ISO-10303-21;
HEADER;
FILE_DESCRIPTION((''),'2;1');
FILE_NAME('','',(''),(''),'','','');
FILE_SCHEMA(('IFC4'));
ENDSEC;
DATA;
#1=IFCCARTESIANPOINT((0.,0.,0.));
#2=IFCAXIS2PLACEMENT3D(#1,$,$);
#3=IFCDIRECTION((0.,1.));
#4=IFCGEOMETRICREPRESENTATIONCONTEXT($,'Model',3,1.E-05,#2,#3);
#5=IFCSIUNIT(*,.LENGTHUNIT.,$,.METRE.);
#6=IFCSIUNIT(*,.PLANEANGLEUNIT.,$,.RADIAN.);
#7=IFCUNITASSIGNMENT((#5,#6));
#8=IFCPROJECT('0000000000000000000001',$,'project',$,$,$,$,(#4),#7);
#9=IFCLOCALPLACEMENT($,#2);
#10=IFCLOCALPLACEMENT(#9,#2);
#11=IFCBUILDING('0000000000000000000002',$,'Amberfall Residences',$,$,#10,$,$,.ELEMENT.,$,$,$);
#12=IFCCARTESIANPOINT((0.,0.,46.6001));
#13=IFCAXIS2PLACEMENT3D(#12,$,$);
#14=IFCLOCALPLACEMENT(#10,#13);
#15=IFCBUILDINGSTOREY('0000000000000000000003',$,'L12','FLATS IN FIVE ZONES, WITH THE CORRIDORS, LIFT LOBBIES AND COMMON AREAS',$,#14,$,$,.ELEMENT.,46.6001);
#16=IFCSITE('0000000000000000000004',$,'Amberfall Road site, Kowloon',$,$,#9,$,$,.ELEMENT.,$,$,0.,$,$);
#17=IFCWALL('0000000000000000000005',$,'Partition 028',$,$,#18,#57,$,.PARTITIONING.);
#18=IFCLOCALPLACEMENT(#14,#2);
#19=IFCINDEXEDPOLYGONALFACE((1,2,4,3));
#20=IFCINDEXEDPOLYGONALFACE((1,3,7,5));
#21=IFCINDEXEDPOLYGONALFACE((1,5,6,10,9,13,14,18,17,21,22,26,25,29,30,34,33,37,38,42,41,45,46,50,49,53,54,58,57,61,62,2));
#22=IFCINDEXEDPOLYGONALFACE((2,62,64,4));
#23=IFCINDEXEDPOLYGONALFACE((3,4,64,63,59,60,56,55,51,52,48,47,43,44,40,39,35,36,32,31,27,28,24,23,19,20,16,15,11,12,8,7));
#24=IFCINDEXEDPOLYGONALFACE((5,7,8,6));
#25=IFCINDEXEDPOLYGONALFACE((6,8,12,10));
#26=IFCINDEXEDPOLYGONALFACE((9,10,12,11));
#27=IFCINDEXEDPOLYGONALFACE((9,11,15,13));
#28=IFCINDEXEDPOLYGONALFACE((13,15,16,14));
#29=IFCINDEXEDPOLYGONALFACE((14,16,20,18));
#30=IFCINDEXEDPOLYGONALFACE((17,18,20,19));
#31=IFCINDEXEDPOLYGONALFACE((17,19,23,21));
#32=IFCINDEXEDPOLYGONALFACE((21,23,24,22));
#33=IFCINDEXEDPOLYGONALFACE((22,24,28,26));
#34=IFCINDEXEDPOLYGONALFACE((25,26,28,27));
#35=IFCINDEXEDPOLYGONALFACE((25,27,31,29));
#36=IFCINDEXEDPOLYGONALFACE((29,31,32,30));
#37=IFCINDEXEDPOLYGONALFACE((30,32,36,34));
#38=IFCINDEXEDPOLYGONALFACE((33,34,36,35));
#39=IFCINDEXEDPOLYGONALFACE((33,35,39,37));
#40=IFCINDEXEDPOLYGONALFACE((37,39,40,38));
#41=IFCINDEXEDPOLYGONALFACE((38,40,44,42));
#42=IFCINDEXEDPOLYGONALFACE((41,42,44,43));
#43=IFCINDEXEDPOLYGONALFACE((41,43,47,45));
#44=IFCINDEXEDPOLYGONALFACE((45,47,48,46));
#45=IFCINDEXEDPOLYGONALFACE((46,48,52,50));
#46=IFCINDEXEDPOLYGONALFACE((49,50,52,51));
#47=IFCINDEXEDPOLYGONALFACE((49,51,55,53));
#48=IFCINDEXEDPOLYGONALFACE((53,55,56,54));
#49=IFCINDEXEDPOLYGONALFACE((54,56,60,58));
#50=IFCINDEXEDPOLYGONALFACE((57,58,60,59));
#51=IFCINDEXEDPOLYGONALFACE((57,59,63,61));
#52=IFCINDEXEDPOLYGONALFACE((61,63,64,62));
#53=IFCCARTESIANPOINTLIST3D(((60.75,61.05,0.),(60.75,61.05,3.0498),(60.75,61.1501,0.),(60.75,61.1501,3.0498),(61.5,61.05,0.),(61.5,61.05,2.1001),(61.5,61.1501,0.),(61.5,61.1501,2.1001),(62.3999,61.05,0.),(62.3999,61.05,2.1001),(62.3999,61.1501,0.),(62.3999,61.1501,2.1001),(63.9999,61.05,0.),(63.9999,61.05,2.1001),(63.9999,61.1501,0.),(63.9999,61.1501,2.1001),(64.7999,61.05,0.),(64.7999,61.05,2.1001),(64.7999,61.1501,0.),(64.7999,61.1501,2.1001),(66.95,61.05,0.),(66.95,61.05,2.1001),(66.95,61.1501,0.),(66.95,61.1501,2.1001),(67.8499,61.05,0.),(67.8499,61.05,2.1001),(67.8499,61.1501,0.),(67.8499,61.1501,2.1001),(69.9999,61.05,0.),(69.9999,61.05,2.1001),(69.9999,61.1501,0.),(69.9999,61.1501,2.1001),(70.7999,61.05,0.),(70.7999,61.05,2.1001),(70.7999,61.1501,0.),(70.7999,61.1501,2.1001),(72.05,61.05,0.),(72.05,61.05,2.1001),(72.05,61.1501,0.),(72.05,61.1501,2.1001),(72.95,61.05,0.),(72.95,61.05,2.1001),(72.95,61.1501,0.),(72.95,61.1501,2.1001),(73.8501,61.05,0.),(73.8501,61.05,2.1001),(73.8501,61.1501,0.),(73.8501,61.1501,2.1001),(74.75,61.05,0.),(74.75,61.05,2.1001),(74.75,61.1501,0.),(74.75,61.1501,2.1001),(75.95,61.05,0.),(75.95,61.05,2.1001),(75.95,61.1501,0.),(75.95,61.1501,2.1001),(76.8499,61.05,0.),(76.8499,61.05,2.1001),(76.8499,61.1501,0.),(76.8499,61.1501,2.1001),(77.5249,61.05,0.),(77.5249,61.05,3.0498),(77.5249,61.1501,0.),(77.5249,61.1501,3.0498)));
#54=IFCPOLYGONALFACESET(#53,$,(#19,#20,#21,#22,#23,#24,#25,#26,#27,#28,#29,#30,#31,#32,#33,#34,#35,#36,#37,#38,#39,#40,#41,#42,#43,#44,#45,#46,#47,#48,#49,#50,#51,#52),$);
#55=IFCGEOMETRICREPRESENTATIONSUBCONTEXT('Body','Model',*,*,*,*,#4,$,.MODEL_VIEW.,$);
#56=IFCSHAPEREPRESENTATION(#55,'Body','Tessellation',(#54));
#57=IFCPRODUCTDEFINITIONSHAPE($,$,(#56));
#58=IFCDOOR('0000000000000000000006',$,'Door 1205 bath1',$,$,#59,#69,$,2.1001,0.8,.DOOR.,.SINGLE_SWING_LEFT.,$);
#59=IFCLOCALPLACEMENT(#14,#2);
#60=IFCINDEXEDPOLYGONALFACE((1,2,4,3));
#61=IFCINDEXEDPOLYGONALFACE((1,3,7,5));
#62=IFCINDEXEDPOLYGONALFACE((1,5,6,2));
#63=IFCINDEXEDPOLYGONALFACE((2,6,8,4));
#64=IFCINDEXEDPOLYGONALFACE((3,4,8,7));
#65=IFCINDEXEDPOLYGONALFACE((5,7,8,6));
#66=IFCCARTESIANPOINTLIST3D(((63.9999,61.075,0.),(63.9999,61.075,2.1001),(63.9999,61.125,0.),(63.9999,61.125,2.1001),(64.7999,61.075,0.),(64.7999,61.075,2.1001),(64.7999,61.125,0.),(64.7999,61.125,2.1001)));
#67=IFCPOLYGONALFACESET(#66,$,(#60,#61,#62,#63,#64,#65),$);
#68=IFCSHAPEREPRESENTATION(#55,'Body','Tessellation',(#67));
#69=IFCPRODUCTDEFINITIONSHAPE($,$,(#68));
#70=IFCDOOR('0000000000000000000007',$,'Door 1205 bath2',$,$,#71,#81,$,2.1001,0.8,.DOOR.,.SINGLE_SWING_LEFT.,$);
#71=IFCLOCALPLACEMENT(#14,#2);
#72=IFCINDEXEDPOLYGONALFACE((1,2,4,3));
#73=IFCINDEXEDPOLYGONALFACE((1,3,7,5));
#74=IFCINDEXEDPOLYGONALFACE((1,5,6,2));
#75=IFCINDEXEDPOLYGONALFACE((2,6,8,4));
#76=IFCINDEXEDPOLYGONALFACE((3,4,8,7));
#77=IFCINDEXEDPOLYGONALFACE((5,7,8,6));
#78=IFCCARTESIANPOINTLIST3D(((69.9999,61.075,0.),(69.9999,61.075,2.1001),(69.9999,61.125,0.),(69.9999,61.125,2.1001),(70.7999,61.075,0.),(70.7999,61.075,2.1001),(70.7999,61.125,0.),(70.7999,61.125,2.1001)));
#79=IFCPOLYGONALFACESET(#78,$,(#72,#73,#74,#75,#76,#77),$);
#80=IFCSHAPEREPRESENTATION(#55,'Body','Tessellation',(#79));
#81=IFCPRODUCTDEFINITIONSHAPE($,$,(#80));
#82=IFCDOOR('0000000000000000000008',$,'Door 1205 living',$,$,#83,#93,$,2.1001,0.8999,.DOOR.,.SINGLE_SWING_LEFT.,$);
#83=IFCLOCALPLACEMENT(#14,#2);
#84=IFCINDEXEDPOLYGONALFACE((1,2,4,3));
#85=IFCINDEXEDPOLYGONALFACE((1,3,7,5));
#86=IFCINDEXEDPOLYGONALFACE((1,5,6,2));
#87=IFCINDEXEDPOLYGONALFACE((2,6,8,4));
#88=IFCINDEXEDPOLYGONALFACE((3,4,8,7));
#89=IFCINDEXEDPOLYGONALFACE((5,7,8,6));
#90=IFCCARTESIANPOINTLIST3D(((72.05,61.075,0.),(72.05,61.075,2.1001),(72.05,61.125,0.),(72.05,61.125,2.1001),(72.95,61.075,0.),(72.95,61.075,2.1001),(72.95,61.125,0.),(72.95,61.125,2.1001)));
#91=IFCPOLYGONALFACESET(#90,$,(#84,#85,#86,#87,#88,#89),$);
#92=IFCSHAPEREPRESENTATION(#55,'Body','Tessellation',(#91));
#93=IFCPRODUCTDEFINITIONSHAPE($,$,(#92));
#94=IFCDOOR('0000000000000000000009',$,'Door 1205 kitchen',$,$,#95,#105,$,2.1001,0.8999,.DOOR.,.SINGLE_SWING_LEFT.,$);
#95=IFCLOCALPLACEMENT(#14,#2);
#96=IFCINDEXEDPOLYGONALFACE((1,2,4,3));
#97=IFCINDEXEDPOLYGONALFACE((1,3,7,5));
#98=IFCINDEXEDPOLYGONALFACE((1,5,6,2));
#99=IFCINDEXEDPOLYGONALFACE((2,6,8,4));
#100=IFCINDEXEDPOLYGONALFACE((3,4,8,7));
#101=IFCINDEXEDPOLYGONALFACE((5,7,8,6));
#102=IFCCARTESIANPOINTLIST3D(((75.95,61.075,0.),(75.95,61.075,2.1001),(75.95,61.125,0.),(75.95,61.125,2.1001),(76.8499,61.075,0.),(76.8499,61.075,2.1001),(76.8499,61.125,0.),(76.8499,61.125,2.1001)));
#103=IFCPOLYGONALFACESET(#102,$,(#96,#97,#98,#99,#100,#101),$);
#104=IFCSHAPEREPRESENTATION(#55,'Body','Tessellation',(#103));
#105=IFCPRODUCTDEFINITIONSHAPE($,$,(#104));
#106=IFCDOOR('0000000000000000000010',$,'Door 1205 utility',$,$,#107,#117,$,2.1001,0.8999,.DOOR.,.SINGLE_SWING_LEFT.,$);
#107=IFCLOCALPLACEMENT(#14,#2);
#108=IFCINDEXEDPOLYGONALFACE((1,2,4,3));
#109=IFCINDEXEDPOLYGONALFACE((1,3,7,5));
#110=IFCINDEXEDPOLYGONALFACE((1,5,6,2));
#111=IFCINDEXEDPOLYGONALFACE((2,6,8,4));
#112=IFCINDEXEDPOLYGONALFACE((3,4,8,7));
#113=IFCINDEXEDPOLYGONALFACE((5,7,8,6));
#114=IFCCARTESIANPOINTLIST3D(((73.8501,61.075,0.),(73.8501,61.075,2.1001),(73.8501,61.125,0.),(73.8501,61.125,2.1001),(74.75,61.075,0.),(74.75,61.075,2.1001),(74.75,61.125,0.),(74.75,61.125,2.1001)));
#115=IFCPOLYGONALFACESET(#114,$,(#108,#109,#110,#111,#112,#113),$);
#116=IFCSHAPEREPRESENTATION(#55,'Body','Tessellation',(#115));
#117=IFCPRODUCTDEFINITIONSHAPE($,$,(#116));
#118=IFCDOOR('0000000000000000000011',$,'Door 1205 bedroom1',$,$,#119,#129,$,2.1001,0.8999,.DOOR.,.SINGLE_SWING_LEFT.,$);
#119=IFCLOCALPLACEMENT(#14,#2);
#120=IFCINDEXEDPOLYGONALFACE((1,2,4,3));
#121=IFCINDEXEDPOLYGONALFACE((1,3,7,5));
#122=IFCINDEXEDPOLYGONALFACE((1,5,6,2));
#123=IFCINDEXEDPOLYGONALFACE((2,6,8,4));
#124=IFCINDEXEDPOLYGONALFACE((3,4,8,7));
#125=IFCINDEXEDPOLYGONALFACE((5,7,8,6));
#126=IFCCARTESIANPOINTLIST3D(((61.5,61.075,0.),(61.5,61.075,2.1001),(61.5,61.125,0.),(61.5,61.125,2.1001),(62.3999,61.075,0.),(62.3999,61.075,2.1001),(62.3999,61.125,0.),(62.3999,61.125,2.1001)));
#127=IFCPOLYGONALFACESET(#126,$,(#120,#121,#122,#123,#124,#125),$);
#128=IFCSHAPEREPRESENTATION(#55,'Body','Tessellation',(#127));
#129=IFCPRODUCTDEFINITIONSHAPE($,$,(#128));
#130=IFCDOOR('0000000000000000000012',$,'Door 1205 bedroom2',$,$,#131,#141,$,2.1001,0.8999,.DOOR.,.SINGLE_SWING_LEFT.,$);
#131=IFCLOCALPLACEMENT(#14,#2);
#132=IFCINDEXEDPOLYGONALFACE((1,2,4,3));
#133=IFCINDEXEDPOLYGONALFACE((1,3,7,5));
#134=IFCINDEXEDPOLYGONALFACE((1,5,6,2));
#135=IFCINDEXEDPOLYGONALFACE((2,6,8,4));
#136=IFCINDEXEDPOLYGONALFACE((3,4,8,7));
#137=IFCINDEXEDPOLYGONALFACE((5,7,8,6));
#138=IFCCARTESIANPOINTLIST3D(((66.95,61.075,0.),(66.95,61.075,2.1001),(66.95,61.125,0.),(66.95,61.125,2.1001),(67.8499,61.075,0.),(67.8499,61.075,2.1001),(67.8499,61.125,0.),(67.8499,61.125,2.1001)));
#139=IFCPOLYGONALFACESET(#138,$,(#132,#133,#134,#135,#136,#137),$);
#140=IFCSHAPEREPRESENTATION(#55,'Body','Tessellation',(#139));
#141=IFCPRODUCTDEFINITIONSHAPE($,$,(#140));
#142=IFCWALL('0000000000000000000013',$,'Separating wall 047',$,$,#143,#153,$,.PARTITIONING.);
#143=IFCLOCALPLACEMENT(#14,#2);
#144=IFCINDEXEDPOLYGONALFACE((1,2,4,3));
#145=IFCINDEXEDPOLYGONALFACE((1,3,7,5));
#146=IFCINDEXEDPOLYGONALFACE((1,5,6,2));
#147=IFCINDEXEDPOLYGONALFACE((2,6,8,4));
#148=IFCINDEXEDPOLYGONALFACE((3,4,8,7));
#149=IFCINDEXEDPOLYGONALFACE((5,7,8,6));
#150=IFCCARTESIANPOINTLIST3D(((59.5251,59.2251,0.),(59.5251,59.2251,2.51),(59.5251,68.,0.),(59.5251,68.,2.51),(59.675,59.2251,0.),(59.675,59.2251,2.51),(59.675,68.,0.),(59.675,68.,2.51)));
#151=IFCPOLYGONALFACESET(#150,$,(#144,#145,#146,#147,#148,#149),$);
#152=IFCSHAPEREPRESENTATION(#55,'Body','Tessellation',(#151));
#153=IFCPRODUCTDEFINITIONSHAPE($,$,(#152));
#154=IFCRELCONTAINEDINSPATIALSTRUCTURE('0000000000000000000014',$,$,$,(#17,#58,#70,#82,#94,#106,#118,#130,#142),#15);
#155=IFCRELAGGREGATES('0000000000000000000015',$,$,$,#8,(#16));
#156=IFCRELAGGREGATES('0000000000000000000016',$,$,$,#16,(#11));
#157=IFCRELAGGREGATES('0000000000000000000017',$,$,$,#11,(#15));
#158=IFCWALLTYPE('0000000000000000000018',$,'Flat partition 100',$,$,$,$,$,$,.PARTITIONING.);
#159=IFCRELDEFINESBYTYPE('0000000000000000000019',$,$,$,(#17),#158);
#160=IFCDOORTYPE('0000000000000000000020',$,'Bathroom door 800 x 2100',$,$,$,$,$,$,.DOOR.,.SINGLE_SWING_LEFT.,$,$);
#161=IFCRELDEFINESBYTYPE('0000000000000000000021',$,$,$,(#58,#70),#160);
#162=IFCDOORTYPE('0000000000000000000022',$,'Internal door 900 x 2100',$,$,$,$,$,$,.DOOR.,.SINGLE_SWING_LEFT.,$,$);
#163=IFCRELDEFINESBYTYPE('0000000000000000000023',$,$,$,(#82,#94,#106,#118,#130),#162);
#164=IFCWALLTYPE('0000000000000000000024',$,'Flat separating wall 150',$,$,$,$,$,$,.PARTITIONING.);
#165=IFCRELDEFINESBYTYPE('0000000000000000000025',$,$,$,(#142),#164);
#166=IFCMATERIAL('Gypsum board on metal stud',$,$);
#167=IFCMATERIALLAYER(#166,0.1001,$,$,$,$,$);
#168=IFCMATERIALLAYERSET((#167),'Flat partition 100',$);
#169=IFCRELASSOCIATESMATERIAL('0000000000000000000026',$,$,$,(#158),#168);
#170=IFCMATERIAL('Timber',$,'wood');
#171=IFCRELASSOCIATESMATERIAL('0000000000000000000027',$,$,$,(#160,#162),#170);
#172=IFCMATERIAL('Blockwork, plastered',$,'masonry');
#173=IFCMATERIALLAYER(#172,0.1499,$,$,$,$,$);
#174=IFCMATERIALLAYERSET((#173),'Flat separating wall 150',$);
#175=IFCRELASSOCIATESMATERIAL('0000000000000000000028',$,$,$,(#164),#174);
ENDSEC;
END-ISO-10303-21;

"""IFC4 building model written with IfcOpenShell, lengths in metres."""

from ifc_helpers import new_model, si_unit, direction, frame, frame_2d, origin, place, context, subcontext, project, spatial, rectangle, extrude, material, layer, layer_set, type_object, element, fill, save


model = new_model("IFC4")

# Units and contexts
model_context = context("Model", 3, precision=1e-05, world=origin(), true_north=direction((0.0, 1.0)))
body_context = subcontext(model_context, "Body", "Model", "MODEL_VIEW")
ifc_project = project(units=[si_unit("LENGTHUNIT", "METRE"), si_unit("PLANEANGLEUNIT", "RADIAN")], contexts=[model_context])

# Site, building, storey
site_placement = place(None, origin())
site = spatial("IfcSite", under=ifc_project, at=site_placement, Name="Amberfall Road site, Kowloon", CompositionType="ELEMENT", RefElevation=0.0)
building_placement = place(site_placement, origin())
building = spatial("IfcBuilding", under=site, at=building_placement, Name="Amberfall Residences", CompositionType="ELEMENT")
storey_placement = place(building_placement, frame((0.0, 0.0, 46.6001)))
storey = spatial("IfcBuildingStorey", under=building, at=storey_placement, Name="L12", Description="FLATS IN FIVE ZONES, WITH THE CORRIDORS, LIFT LOBBIES AND COMMON AREAS", CompositionType="ELEMENT", Elevation=46.6001)

# Shared definitions
ifc_material_1 = material(Name="Gypsum board on metal stud")
ifc_layer_1 = layer(ifc_material_1, 0.1001)
ifc_layer_set_1 = layer_set([ifc_layer_1], Name="Flat partition 100")
wall_type_1 = type_object("IfcWallType", Name="Flat partition 100", PredefinedType="PARTITIONING", material=ifc_layer_set_1)

# Wall, openings, doors
wall_1_placement = place(storey_placement, frame((60.75, 61.1001, 0.0), z_axis=(0.0, 0.0, 1.0), x_axis=(1.0, 0.0, 0.0)))
wall_1 = element("IfcWall", 1, at=wall_1_placement, inside=storey, type_object=wall_type_1, Name="Partition 028", PredefinedType="PARTITIONING", context=body_context, shape_type="SweptSolid", body=[
    extrude(rectangle(XDim=16.7749, YDim=0.1001, at=frame_2d((8.3875, 0.0))), origin(), (0.0, 0.0, 1.0), 3.0498),
])
opening_1_placement = place(wall_1_placement, frame((11.3, 0.0, 0.0)))
opening_1 = element("IfcOpeningElement", 2, at=opening_1_placement, cuts=wall_1, PredefinedType="OPENING", context=body_context, shape_type="SweptSolid", body=[
    extrude(rectangle(XDim=0.8999, YDim=2.1001, at=frame_2d((0.45, 1.05))), frame((0.0, 0.0601, 0.0), z_axis=(0.0, -1.0, 0.0), x_axis=(1.0, 0.0, 0.0)), (0.0, 0.0, 1.0), 0.1201),
])
opening_2_placement = place(wall_1_placement, frame((15.2, 0.0, 0.0)))
opening_2 = element("IfcOpeningElement", 3, at=opening_2_placement, cuts=wall_1, PredefinedType="OPENING", context=body_context, shape_type="SweptSolid", body=[
    extrude(rectangle(XDim=0.8999, YDim=2.1001, at=frame_2d((0.45, 1.05))), frame((0.0, 0.0601, 0.0), z_axis=(0.0, -1.0, 0.0), x_axis=(1.0, 0.0, 0.0)), (0.0, 0.0, 1.0), 0.1201),
])
opening_3_placement = place(wall_1_placement, frame((13.1001, 0.0, 0.0)))
opening_3 = element("IfcOpeningElement", 4, at=opening_3_placement, cuts=wall_1, PredefinedType="OPENING", context=body_context, shape_type="SweptSolid", body=[
    extrude(rectangle(XDim=0.8999, YDim=2.1001, at=frame_2d((0.45, 1.05))), frame((0.0, 0.0601, 0.0), z_axis=(0.0, -1.0, 0.0), x_axis=(1.0, 0.0, 0.0)), (0.0, 0.0, 1.0), 0.1201),
])
opening_4_placement = place(wall_1_placement, frame((0.75, 0.0, 0.0)))
opening_4 = element("IfcOpeningElement", 5, at=opening_4_placement, cuts=wall_1, PredefinedType="OPENING", context=body_context, shape_type="SweptSolid", body=[
    extrude(rectangle(XDim=0.8999, YDim=2.1001, at=frame_2d((0.45, 1.05))), frame((0.0, 0.0601, 0.0), z_axis=(0.0, -1.0, 0.0), x_axis=(1.0, 0.0, 0.0)), (0.0, 0.0, 1.0), 0.1201),
])
opening_5_placement = place(wall_1_placement, frame((6.2, 0.0, 0.0)))
opening_5 = element("IfcOpeningElement", 6, at=opening_5_placement, cuts=wall_1, PredefinedType="OPENING", context=body_context, shape_type="SweptSolid", body=[
    extrude(rectangle(XDim=0.8999, YDim=2.1001, at=frame_2d((0.45, 1.05))), frame((0.0, 0.0601, 0.0), z_axis=(0.0, -1.0, 0.0), x_axis=(1.0, 0.0, 0.0)), (0.0, 0.0, 1.0), 0.1201),
])
opening_6_placement = place(wall_1_placement, frame((3.25, 0.0, 0.0)))
opening_6 = element("IfcOpeningElement", 7, at=opening_6_placement, cuts=wall_1, PredefinedType="OPENING", context=body_context, shape_type="SweptSolid", body=[
    extrude(rectangle(XDim=0.8, YDim=2.1001, at=frame_2d((0.3999, 1.05))), frame((0.0, 0.0601, 0.0), z_axis=(0.0, -1.0, 0.0), x_axis=(1.0, 0.0, 0.0)), (0.0, 0.0, 1.0), 0.1201),
])
opening_7_placement = place(wall_1_placement, frame((9.25, 0.0, 0.0)))
opening_7 = element("IfcOpeningElement", 8, at=opening_7_placement, cuts=wall_1, PredefinedType="OPENING", context=body_context, shape_type="SweptSolid", body=[
    extrude(rectangle(XDim=0.8, YDim=2.1001, at=frame_2d((0.3999, 1.05))), frame((0.0, 0.0601, 0.0), z_axis=(0.0, -1.0, 0.0), x_axis=(1.0, 0.0, 0.0)), (0.0, 0.0, 1.0), 0.1201),
])
ifc_material_2 = material(Name="Timber", Category="wood")
door_type_1 = type_object("IfcDoorType", Name="Bathroom door 800 x 2100", OperationType="SINGLE_SWING_LEFT", PredefinedType="DOOR", material=ifc_material_2)
door_1_placement = place(opening_6_placement, origin())
door_1 = element("IfcDoor", 9, at=door_1_placement, inside=storey, type_object=door_type_1, Name="Door 1205 bath1", OperationType="SINGLE_SWING_LEFT", OverallHeight=2.1001, OverallWidth=0.8, PredefinedType="DOOR", context=body_context, shape_type="SweptSolid", body=[
    extrude(rectangle(XDim=0.8, YDim=2.1001, at=frame_2d((0.3999, 1.05))), frame((0.0, 0.0249, 0.0), z_axis=(0.0, -1.0, 0.0), x_axis=(1.0, 0.0, 0.0)), (0.0, 0.0, 1.0), 0.05),
])
fill(opening_6, door_1)
door_2_placement = place(opening_7_placement, origin())
door_2 = element("IfcDoor", 10, at=door_2_placement, inside=storey, type_object=door_type_1, Name="Door 1205 bath2", OperationType="SINGLE_SWING_LEFT", OverallHeight=2.1001, OverallWidth=0.8, PredefinedType="DOOR", context=body_context, shape_type="SweptSolid", body=[
    extrude(rectangle(XDim=0.8, YDim=2.1001, at=frame_2d((0.3999, 1.05))), frame((0.0, 0.0249, 0.0), z_axis=(0.0, -1.0, 0.0), x_axis=(1.0, 0.0, 0.0)), (0.0, 0.0, 1.0), 0.05),
])
fill(opening_7, door_2)
door_type_2 = type_object("IfcDoorType", Name="Internal door 900 x 2100", OperationType="SINGLE_SWING_LEFT", PredefinedType="DOOR", material=ifc_material_2)
door_3_placement = place(opening_1_placement, origin())
door_3 = element("IfcDoor", 11, at=door_3_placement, inside=storey, type_object=door_type_2, Name="Door 1205 living", OperationType="SINGLE_SWING_LEFT", OverallHeight=2.1001, OverallWidth=0.8999, PredefinedType="DOOR", context=body_context, shape_type="SweptSolid", body=[
    extrude(rectangle(XDim=0.8999, YDim=2.1001, at=frame_2d((0.45, 1.05))), frame((0.0, 0.0249, 0.0), z_axis=(0.0, -1.0, 0.0), x_axis=(1.0, 0.0, 0.0)), (0.0, 0.0, 1.0), 0.05),
])
fill(opening_1, door_3)
door_4_placement = place(opening_2_placement, origin())
door_4 = element("IfcDoor", 12, at=door_4_placement, inside=storey, type_object=door_type_2, Name="Door 1205 kitchen", OperationType="SINGLE_SWING_LEFT", OverallHeight=2.1001, OverallWidth=0.8999, PredefinedType="DOOR", context=body_context, shape_type="SweptSolid", body=[
    extrude(rectangle(XDim=0.8999, YDim=2.1001, at=frame_2d((0.45, 1.05))), frame((0.0, 0.0249, 0.0), z_axis=(0.0, -1.0, 0.0), x_axis=(1.0, 0.0, 0.0)), (0.0, 0.0, 1.0), 0.05),
])
fill(opening_2, door_4)
door_5_placement = place(opening_3_placement, origin())
door_5 = element("IfcDoor", 13, at=door_5_placement, inside=storey, type_object=door_type_2, Name="Door 1205 utility", OperationType="SINGLE_SWING_LEFT", OverallHeight=2.1001, OverallWidth=0.8999, PredefinedType="DOOR", context=body_context, shape_type="SweptSolid", body=[
    extrude(rectangle(XDim=0.8999, YDim=2.1001, at=frame_2d((0.45, 1.05))), frame((0.0, 0.0249, 0.0), z_axis=(0.0, -1.0, 0.0), x_axis=(1.0, 0.0, 0.0)), (0.0, 0.0, 1.0), 0.05),
])
fill(opening_3, door_5)
door_6_placement = place(opening_4_placement, origin())
door_6 = element("IfcDoor", 14, at=door_6_placement, inside=storey, type_object=door_type_2, Name="Door 1205 bedroom1", OperationType="SINGLE_SWING_LEFT", OverallHeight=2.1001, OverallWidth=0.8999, PredefinedType="DOOR", context=body_context, shape_type="SweptSolid", body=[
    extrude(rectangle(XDim=0.8999, YDim=2.1001, at=frame_2d((0.45, 1.05))), frame((0.0, 0.0249, 0.0), z_axis=(0.0, -1.0, 0.0), x_axis=(1.0, 0.0, 0.0)), (0.0, 0.0, 1.0), 0.05),
])
fill(opening_4, door_6)
door_7_placement = place(opening_5_placement, origin())
door_7 = element("IfcDoor", 15, at=door_7_placement, inside=storey, type_object=door_type_2, Name="Door 1205 bedroom2", OperationType="SINGLE_SWING_LEFT", OverallHeight=2.1001, OverallWidth=0.8999, PredefinedType="DOOR", context=body_context, shape_type="SweptSolid", body=[
    extrude(rectangle(XDim=0.8999, YDim=2.1001, at=frame_2d((0.45, 1.05))), frame((0.0, 0.0249, 0.0), z_axis=(0.0, -1.0, 0.0), x_axis=(1.0, 0.0, 0.0)), (0.0, 0.0, 1.0), 0.05),
])
fill(opening_5, door_7)

# Wall
ifc_material_3 = material(Name="Blockwork, plastered", Category="masonry")
ifc_layer_2 = layer(ifc_material_3, 0.1499)
ifc_layer_set_2 = layer_set([ifc_layer_2], Name="Flat separating wall 150")
wall_type_2 = type_object("IfcWallType", Name="Flat separating wall 150", PredefinedType="PARTITIONING", material=ifc_layer_set_2)
wall_2_placement = place(storey_placement, frame((59.6001, 59.2251, 0.0), z_axis=(0.0, 0.0, 1.0), x_axis=(0.0, 1.0, 0.0)))
element("IfcWall", 16, at=wall_2_placement, inside=storey, type_object=wall_type_2, Name="Separating wall 047", PredefinedType="PARTITIONING", context=body_context, shape_type="SweptSolid", body=[
    extrude(rectangle(XDim=8.7749, YDim=0.1499, at=frame_2d((4.3875, 0.0))), origin(), (0.0, 0.0, 1.0), 2.51),
])

save(model, "model.ifc")
